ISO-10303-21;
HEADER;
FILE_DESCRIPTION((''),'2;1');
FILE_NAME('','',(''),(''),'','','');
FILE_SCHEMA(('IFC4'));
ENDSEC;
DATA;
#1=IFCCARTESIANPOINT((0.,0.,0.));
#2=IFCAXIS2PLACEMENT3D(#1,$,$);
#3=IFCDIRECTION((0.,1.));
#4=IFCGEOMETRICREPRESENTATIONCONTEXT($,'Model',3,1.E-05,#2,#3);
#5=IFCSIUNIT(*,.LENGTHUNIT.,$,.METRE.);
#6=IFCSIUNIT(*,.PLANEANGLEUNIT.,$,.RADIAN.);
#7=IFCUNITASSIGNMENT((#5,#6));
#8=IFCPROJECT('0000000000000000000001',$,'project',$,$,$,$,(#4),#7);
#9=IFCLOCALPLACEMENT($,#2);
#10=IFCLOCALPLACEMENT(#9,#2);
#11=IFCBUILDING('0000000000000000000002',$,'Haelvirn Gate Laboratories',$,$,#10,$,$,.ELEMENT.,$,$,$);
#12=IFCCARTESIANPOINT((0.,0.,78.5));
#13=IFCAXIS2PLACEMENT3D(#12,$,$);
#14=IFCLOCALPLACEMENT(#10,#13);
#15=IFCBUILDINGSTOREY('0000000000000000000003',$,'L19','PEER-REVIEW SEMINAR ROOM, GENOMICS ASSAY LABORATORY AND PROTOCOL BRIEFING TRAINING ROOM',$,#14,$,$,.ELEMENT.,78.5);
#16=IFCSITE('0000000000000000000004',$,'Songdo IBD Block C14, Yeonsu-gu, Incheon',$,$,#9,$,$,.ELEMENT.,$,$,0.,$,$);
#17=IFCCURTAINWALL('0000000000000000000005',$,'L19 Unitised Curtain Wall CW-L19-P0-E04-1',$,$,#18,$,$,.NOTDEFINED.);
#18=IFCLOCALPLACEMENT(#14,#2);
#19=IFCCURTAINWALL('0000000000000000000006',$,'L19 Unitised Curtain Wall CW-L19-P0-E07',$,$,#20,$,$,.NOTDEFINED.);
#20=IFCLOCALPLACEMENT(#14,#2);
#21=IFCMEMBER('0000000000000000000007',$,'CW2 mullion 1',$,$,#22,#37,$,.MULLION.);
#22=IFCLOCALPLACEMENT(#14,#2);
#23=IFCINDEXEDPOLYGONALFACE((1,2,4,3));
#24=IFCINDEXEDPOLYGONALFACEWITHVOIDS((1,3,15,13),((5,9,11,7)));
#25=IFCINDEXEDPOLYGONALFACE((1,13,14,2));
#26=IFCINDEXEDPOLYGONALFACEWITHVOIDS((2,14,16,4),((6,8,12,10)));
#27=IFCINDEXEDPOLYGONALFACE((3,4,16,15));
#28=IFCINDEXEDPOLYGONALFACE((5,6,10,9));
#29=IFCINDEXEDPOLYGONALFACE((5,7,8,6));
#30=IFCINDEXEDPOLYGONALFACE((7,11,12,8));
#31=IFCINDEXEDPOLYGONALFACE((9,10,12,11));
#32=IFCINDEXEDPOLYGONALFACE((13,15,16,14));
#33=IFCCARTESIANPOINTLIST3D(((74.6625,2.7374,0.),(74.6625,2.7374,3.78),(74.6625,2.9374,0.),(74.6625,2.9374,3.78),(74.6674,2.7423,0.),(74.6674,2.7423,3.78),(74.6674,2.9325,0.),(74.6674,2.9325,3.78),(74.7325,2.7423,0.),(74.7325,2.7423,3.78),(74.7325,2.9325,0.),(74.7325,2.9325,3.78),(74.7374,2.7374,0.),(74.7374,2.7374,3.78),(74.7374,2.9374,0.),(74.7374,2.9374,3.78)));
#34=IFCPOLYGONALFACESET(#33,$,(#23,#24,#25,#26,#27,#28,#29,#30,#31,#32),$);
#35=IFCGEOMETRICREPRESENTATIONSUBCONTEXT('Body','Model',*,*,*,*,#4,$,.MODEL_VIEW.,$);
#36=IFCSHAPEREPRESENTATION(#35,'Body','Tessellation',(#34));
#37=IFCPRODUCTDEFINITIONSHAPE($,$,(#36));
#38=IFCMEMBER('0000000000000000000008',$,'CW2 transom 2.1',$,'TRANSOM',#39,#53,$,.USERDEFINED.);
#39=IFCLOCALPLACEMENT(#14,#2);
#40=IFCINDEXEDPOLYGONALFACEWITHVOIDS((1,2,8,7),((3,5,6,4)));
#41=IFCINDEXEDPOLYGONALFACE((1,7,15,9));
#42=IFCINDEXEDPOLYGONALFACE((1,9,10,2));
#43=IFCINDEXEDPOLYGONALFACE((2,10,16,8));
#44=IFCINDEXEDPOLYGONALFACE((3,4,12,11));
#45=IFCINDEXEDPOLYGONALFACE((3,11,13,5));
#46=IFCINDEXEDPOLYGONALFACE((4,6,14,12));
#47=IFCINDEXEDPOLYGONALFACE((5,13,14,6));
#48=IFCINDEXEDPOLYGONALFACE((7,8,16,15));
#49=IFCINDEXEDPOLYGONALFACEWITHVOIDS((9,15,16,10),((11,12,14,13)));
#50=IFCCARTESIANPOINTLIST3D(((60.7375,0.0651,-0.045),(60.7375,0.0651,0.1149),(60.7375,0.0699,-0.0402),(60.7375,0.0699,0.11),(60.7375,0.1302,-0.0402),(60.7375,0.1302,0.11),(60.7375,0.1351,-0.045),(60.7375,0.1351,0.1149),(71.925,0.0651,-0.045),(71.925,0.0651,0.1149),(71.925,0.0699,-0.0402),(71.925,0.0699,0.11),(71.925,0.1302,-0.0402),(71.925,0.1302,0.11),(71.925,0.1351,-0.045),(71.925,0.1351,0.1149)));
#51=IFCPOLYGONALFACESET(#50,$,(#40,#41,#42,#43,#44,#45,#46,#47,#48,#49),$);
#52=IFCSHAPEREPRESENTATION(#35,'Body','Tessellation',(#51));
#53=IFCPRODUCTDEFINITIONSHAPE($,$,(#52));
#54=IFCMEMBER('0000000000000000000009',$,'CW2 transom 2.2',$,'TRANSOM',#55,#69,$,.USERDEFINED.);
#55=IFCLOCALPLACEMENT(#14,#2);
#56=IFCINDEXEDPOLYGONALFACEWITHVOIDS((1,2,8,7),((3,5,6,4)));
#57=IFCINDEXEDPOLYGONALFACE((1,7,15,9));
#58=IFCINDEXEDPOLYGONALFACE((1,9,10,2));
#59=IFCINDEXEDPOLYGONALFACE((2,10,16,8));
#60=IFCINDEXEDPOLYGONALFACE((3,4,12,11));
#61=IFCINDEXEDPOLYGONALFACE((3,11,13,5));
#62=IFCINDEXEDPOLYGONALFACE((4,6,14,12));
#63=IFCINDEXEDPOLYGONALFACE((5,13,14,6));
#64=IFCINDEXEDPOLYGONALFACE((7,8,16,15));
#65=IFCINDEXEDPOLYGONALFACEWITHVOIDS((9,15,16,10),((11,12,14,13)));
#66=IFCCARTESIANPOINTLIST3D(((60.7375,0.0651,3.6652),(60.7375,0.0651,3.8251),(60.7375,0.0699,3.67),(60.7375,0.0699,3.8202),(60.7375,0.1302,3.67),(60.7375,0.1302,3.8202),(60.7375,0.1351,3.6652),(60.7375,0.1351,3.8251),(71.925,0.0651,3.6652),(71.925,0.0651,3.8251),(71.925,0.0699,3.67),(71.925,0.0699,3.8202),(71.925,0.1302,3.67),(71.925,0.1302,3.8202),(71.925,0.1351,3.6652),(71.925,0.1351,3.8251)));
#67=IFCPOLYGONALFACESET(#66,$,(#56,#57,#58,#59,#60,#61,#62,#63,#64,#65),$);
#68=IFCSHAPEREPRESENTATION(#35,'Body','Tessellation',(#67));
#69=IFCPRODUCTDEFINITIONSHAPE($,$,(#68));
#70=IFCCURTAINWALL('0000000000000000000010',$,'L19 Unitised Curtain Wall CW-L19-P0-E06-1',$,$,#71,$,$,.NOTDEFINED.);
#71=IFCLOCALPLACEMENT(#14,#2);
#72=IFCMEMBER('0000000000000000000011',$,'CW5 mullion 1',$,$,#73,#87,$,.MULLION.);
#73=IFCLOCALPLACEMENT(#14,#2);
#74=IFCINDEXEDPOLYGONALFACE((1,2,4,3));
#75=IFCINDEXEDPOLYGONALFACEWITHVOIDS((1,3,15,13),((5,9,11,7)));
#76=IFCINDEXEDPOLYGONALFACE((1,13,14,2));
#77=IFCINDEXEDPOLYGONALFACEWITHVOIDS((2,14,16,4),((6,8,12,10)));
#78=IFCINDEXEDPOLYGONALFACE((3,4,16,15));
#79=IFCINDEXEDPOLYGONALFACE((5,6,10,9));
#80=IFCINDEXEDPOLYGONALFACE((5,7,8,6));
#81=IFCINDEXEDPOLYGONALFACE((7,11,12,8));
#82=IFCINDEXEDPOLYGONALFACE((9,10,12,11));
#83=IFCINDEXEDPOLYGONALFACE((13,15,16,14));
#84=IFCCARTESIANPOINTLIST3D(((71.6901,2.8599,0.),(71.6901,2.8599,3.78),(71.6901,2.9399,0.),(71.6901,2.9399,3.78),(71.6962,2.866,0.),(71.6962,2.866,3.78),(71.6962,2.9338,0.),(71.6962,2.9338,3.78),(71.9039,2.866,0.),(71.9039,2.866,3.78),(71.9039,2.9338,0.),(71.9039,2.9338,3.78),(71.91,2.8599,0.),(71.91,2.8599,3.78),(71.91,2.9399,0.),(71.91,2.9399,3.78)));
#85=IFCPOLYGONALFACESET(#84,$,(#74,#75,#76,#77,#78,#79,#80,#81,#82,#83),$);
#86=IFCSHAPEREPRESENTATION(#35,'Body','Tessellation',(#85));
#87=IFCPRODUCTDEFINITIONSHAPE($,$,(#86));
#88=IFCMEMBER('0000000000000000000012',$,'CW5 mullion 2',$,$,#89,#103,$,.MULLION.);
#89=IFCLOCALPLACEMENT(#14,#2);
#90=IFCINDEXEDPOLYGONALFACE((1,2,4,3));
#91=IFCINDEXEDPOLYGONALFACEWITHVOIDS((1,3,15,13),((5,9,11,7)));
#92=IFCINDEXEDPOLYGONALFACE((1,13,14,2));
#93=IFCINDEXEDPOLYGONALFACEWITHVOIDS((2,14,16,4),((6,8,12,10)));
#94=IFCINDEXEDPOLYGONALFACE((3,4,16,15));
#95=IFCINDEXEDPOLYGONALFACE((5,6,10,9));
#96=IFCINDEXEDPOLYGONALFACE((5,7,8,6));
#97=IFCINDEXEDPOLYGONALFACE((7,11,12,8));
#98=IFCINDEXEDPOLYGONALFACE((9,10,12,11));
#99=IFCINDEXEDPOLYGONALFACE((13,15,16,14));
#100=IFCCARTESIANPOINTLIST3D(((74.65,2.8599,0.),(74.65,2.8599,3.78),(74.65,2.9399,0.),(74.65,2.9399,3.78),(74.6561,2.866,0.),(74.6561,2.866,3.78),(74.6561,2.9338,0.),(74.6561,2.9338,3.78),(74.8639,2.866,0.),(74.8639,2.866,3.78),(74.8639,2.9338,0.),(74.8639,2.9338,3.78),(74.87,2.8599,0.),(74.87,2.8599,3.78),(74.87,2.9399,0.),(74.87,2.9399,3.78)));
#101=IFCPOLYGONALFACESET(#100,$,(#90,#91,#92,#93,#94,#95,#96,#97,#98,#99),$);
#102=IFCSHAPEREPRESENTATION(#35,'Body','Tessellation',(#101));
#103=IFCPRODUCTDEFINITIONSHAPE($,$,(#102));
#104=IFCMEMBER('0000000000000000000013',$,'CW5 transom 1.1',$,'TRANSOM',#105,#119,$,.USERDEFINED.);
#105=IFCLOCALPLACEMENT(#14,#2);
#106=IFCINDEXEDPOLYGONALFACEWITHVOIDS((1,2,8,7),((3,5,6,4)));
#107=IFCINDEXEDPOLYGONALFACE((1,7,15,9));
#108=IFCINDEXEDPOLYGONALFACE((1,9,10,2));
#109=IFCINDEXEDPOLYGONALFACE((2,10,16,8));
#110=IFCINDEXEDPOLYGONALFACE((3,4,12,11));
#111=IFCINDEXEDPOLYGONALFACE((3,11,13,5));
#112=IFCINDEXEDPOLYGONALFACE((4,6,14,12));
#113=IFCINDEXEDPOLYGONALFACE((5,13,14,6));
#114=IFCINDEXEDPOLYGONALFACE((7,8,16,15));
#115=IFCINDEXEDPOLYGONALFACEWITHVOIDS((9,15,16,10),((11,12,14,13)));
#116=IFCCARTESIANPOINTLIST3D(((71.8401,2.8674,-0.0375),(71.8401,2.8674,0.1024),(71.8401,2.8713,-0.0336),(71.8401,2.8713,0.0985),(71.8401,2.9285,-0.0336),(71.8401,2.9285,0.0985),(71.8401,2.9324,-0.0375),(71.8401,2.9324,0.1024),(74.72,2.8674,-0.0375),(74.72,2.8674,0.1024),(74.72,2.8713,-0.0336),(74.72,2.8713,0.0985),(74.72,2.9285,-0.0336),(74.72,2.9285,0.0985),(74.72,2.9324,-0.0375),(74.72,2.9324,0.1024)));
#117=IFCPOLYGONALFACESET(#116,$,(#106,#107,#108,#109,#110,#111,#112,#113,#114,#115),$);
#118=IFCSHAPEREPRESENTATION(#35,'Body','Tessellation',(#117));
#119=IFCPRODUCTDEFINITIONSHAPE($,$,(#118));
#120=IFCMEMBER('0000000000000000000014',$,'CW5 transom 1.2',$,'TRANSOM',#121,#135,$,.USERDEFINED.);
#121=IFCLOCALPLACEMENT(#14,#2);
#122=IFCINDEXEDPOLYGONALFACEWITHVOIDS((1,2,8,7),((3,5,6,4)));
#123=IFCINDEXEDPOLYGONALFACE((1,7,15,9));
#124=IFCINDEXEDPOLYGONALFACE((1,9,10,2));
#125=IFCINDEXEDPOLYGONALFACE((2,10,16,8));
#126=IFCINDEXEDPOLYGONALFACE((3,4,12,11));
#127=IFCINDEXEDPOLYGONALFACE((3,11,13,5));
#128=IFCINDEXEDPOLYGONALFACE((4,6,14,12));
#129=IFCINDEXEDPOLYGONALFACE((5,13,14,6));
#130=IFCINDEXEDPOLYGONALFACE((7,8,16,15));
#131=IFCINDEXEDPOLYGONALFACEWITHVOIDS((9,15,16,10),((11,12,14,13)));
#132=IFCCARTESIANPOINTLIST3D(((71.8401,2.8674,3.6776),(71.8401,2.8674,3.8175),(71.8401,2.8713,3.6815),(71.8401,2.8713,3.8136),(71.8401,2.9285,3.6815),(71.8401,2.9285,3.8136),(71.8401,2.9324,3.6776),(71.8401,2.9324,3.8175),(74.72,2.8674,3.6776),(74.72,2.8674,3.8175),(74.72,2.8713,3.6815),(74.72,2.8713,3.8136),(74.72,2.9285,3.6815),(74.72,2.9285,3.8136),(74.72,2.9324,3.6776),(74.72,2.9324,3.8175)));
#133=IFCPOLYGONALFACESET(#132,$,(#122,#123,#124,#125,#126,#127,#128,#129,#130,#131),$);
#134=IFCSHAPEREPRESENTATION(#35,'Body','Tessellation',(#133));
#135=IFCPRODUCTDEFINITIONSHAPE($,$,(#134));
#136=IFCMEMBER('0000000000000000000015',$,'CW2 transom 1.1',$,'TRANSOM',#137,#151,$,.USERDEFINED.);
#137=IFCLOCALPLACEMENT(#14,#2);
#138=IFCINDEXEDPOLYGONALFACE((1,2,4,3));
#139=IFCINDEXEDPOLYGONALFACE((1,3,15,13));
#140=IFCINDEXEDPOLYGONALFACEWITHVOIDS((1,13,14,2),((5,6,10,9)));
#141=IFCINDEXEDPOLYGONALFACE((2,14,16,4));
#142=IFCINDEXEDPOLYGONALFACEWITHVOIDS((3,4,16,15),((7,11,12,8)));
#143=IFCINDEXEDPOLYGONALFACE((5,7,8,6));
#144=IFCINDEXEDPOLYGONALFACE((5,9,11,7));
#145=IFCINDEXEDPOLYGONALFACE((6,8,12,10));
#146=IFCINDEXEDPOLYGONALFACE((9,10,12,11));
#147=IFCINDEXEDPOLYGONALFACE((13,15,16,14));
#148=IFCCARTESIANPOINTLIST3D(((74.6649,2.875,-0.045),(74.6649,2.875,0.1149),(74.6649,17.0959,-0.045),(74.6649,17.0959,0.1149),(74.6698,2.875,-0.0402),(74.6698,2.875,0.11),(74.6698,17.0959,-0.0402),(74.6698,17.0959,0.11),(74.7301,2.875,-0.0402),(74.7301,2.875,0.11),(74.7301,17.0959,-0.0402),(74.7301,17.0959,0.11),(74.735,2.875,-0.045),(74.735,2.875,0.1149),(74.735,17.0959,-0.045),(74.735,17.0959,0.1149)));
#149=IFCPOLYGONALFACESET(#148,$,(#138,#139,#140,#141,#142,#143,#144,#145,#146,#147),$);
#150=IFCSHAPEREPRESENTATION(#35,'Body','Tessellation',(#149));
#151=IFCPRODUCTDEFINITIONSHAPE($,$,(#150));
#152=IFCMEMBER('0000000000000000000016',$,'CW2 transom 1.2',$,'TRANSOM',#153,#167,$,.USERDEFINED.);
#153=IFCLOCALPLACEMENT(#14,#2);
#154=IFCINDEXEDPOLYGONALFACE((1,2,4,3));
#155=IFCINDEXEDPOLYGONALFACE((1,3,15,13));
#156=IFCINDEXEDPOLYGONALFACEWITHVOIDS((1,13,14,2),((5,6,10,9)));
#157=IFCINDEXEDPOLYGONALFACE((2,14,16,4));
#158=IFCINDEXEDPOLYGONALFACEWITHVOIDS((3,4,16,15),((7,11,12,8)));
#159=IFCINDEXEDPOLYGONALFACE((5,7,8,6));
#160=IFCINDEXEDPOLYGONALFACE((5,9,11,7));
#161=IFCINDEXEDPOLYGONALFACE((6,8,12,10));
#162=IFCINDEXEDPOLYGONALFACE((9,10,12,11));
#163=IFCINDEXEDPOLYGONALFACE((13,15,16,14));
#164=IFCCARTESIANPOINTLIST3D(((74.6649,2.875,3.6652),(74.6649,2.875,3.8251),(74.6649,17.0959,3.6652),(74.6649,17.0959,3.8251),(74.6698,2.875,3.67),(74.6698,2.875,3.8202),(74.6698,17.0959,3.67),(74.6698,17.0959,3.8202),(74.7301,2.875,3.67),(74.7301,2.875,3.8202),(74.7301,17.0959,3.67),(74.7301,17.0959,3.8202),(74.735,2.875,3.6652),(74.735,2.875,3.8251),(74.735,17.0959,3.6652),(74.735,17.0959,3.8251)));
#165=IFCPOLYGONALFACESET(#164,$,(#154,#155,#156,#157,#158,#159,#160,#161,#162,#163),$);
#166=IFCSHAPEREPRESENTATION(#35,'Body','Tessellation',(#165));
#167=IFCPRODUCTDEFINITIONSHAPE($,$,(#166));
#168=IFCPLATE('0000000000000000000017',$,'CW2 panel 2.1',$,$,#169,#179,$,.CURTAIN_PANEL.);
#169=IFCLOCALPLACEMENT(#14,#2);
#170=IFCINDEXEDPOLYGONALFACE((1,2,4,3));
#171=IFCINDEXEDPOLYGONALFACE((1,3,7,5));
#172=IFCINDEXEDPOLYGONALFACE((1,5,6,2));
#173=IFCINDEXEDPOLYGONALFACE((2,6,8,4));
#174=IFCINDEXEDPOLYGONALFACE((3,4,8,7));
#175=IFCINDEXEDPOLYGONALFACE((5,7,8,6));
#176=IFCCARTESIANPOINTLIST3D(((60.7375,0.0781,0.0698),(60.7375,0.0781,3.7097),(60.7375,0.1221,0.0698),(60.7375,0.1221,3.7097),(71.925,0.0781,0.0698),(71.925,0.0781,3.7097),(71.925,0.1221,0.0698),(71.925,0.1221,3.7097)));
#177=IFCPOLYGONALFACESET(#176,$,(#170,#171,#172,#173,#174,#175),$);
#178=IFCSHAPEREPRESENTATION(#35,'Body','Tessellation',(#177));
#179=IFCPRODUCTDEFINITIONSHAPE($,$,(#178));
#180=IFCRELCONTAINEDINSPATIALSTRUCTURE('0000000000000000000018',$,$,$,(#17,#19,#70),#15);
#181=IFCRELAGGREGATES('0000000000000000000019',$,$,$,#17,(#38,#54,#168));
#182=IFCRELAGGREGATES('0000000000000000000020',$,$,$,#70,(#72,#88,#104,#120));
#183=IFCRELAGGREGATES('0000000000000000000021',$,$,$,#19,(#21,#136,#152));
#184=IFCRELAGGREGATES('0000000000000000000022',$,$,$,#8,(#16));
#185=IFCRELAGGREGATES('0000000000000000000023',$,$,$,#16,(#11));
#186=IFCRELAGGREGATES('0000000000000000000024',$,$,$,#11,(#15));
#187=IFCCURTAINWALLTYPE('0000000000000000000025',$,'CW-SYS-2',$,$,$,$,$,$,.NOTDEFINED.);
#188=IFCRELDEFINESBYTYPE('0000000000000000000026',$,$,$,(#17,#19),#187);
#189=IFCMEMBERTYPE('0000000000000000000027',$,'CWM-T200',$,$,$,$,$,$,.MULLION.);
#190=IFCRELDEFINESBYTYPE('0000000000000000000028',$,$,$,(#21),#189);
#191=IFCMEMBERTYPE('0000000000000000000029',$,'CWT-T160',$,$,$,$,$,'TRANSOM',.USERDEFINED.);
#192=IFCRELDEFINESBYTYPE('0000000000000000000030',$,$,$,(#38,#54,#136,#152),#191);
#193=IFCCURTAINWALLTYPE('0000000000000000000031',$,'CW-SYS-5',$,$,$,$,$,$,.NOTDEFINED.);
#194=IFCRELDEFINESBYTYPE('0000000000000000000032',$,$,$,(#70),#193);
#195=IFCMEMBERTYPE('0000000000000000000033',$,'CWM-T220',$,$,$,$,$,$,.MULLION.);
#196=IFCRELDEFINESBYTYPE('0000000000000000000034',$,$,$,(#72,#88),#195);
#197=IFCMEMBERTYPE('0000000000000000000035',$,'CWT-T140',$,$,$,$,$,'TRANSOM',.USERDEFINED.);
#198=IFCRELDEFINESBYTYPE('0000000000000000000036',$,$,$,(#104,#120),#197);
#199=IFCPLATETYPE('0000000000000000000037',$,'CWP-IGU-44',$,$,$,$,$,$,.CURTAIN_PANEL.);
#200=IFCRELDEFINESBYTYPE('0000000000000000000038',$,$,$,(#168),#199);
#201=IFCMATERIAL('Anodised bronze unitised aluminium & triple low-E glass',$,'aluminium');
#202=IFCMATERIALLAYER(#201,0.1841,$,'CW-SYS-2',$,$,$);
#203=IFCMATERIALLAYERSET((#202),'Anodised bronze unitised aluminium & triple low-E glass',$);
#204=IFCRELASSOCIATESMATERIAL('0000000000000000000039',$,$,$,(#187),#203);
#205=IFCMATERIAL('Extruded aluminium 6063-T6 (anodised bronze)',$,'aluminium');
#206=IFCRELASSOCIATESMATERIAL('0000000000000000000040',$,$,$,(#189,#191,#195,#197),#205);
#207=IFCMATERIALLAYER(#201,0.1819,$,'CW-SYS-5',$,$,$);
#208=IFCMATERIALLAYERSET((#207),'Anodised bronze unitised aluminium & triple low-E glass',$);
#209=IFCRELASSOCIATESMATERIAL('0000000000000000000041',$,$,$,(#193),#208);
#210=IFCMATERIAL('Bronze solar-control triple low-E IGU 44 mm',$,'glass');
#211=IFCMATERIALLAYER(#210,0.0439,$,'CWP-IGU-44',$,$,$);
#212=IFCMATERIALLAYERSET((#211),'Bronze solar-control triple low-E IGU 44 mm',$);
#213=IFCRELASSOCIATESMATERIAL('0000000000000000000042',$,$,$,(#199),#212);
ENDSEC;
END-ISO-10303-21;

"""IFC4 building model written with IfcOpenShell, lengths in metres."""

from ifc_helpers import new_model, si_unit, direction, frame, origin, origin_2d, place, context, subcontext, project, spatial, rectangle, hollow_rectangle, extrude, source, transform, mapped, material, layer, layer_set, material_profile, profile_set, type_object, type_shapes, element, aggregate, save


model = new_model("IFC4")

# Units and contexts
model_context = context("Model", 3, precision=1e-05, world=origin(), true_north=direction((0.0, 1.0)))
body_context = subcontext(model_context, "Body", "Model", "MODEL_VIEW")
ifc_project = project(units=[si_unit("LENGTHUNIT", "METRE"), si_unit("PLANEANGLEUNIT", "RADIAN")], contexts=[model_context])

# Site, building, storey
site_placement = place(None, origin())
site = spatial("IfcSite", under=ifc_project, at=site_placement, Name="Songdo IBD Block C14, Yeonsu-gu, Incheon", CompositionType="ELEMENT", RefElevation=0.0)
building_placement = place(site_placement, origin())
building = spatial("IfcBuilding", under=site, at=building_placement, Name="Haelvirn Gate Laboratories", CompositionType="ELEMENT")
storey_placement = place(building_placement, frame((0.0, 0.0, 78.5)))
storey = spatial("IfcBuildingStorey", under=building, at=storey_placement, Name="L19", Description="PEER-REVIEW SEMINAR ROOM, GENOMICS ASSAY LABORATORY AND PROTOCOL BRIEFING TRAINING ROOM", CompositionType="ELEMENT", Elevation=78.5)

# Curtain wall
ifc_material_1 = material(Name="Anodised bronze unitised aluminium & triple low-E glass", Category="aluminium")
ifc_layer_1 = layer(ifc_material_1, 0.1841, Name="CW-SYS-2")
ifc_layer_set_1 = layer_set([ifc_layer_1], Name="Anodised bronze unitised aluminium & triple low-E glass")
curtain_wall_type_1 = type_object("IfcCurtainWallType", Name="CW-SYS-2", PredefinedType="NOTDEFINED", material=ifc_layer_set_1)
curtain_wall_1_placement = place(storey_placement, origin())
curtain_wall_1 = element("IfcCurtainWall", 1, at=curtain_wall_1_placement, inside=storey, type_object=curtain_wall_type_1, Name="L19 Unitised Curtain Wall CW-L19-P0-E04-1", PredefinedType="NOTDEFINED")
ifc_material_2 = material(Name="Extruded aluminium 6063-T6 (anodised bronze)", Category="aluminium")
ifc_material_profile_1 = material_profile(ifc_material_2, hollow_rectangle(XDim=0.075, YDim=0.2, WallThickness=0.0049, at=origin_2d()), Name="CWM-200x75x5")
ifc_profile_set_1 = profile_set([ifc_material_profile_1], Name="Extruded aluminium 6063-T6 (anodised bronze)")
member_type_1 = type_object("IfcMemberType", Name="CWM-T200", PredefinedType="MULLION", material=ifc_profile_set_1)
shared_shape_1 = source(origin(), body_context, "Body", "SweptSolid", [
    extrude(hollow_rectangle(XDim=0.075, YDim=0.2, WallThickness=0.0049, at=origin_2d()), origin(), (0.0, 0.0, 1.0), 3.78),
])
type_shapes(member_type_1, [shared_shape_1])

# Curtain wall, member
curtain_wall_2_placement = place(storey_placement, origin())
curtain_wall_2 = element("IfcCurtainWall", 2, at=curtain_wall_2_placement, inside=storey, type_object=curtain_wall_type_1, Name="L19 Unitised Curtain Wall CW-L19-P0-E07", PredefinedType="NOTDEFINED")
member_1_placement = place(storey_placement, frame((74.7, 2.8374, 0.0), z_axis=(0.0, 0.0, 1.0), x_axis=(-1.0, 0.0, 0.0)))
member_1 = element("IfcMember", 3, at=member_1_placement, type_object=member_type_1, Name="CW2 mullion 1", PredefinedType="MULLION", context=body_context, shape_type="MappedRepresentation", body=[
    mapped(shared_shape_1, transform((0.0, 0.0, 0.0), scale=1.0)),
])

# Members
ifc_material_profile_2 = material_profile(ifc_material_2, hollow_rectangle(XDim=0.0701, YDim=0.1599, WallThickness=0.0049, at=origin_2d()), Name="CWT-160x70x5")
ifc_profile_set_2 = profile_set([ifc_material_profile_2], Name="Extruded aluminium 6063-T6 (anodised bronze)")
member_type_2 = type_object("IfcMemberType", Name="CWT-T160", ElementType="TRANSOM", PredefinedType="USERDEFINED", material=ifc_profile_set_2)
shared_shape_2 = source(origin(), body_context, "Body", "SweptSolid", [
    extrude(hollow_rectangle(XDim=0.0701, YDim=0.1599, WallThickness=0.0049, at=origin_2d()), origin(), (0.0, 0.0, 1.0), 11.1875),
])
member_2_placement = place(storey_placement, frame((60.7375, 0.1001, 0.0349), z_axis=(1.0, 0.0, 0.0), x_axis=(0.0, 1.0, 0.0)))
member_2 = element("IfcMember", 4, at=member_2_placement, type_object=member_type_2, Name="CW2 transom 2.1", ObjectType="TRANSOM", PredefinedType="USERDEFINED", context=body_context, shape_type="MappedRepresentation", body=[
    mapped(shared_shape_2, transform((0.0, 0.0, 0.0), scale=1.0)),
])
member_3_placement = place(storey_placement, frame((60.7375, 0.1001, 3.7451), z_axis=(1.0, 0.0, 0.0), x_axis=(0.0, 1.0, 0.0)))
member_3 = element("IfcMember", 5, at=member_3_placement, type_object=member_type_2, Name="CW2 transom 2.2", ObjectType="TRANSOM", PredefinedType="USERDEFINED", context=body_context, shape_type="MappedRepresentation", body=[
    mapped(shared_shape_2, transform((0.0, 0.0, 0.0), scale=1.0)),
])

# Curtain wall, members
ifc_layer_2 = layer(ifc_material_1, 0.1819, Name="CW-SYS-5")
ifc_layer_set_2 = layer_set([ifc_layer_2], Name="Anodised bronze unitised aluminium & triple low-E glass")
curtain_wall_type_2 = type_object("IfcCurtainWallType", Name="CW-SYS-5", PredefinedType="NOTDEFINED", material=ifc_layer_set_2)
curtain_wall_3_placement = place(storey_placement, origin())
curtain_wall_3 = element("IfcCurtainWall", 6, at=curtain_wall_3_placement, inside=storey, type_object=curtain_wall_type_2, Name="L19 Unitised Curtain Wall CW-L19-P0-E06-1", PredefinedType="NOTDEFINED")
ifc_material_profile_3 = material_profile(ifc_material_2, hollow_rectangle(XDim=0.0801, YDim=0.22, WallThickness=0.0061, at=origin_2d()), Name="CWM-220x80x6")
ifc_profile_set_3 = profile_set([ifc_material_profile_3], Name="Extruded aluminium 6063-T6 (anodised bronze)")
member_type_3 = type_object("IfcMemberType", Name="CWM-T220", PredefinedType="MULLION", material=ifc_profile_set_3)
shared_shape_3 = source(origin(), body_context, "Body", "SweptSolid", [
    extrude(hollow_rectangle(XDim=0.0801, YDim=0.22, WallThickness=0.0061, at=origin_2d()), origin(), (0.0, 0.0, 1.0), 3.78),
])
type_shapes(member_type_3, [shared_shape_3])
member_4_placement = place(storey_placement, frame((71.8, 2.8999, 0.0), z_axis=(0.0, 0.0, 1.0), x_axis=(0.0, 1.0, 0.0)))
member_4 = element("IfcMember", 7, at=member_4_placement, type_object=member_type_3, Name="CW5 mullion 1", PredefinedType="MULLION", context=body_context, shape_type="MappedRepresentation", body=[
    mapped(shared_shape_3, transform((0.0, 0.0, 0.0), scale=1.0)),
])
member_5_placement = place(storey_placement, frame((74.76, 2.8999, 0.0), z_axis=(0.0, 0.0, 1.0), x_axis=(0.0, 1.0, 0.0)))
member_5 = element("IfcMember", 8, at=member_5_placement, type_object=member_type_3, Name="CW5 mullion 2", PredefinedType="MULLION", context=body_context, shape_type="MappedRepresentation", body=[
    mapped(shared_shape_3, transform((0.0, 0.0, 0.0), scale=1.0)),
])
ifc_material_profile_4 = material_profile(ifc_material_2, hollow_rectangle(XDim=0.0649, YDim=0.1399, WallThickness=0.0039, at=origin_2d()), Name="CWT-140x65x4")
ifc_profile_set_4 = profile_set([ifc_material_profile_4], Name="Extruded aluminium 6063-T6 (anodised bronze)")
member_type_4 = type_object("IfcMemberType", Name="CWT-T140", ElementType="TRANSOM", PredefinedType="USERDEFINED", material=ifc_profile_set_4)
shared_shape_4 = source(origin(), body_context, "Body", "SweptSolid", [
    extrude(hollow_rectangle(XDim=0.0649, YDim=0.1399, WallThickness=0.0039, at=origin_2d()), origin(), (0.0, 0.0, 1.0), 2.8799),
])
type_shapes(member_type_4, [shared_shape_4])
member_6_placement = place(storey_placement, frame((71.8401, 2.8999, 0.0325), z_axis=(1.0, 0.0, 0.0), x_axis=(0.0, 1.0, 0.0)))
member_6 = element("IfcMember", 9, at=member_6_placement, type_object=member_type_4, Name="CW5 transom 1.1", ObjectType="TRANSOM", PredefinedType="USERDEFINED", context=body_context, shape_type="MappedRepresentation", body=[
    mapped(shared_shape_4, transform((0.0, 0.0, 0.0), scale=1.0)),
])
member_7_placement = place(storey_placement, frame((71.8401, 2.8999, 3.7476), z_axis=(1.0, 0.0, 0.0), x_axis=(0.0, 1.0, 0.0)))
member_7 = element("IfcMember", 10, at=member_7_placement, type_object=member_type_4, Name="CW5 transom 1.2", ObjectType="TRANSOM", PredefinedType="USERDEFINED", context=body_context, shape_type="MappedRepresentation", body=[
    mapped(shared_shape_4, transform((0.0, 0.0, 0.0), scale=1.0)),
])

# Members
shared_shape_5 = source(origin(), body_context, "Body", "SweptSolid", [
    extrude(hollow_rectangle(XDim=0.0701, YDim=0.1599, WallThickness=0.0049, at=origin_2d()), origin(), (0.0, 0.0, 1.0), 14.2209),
])
type_shapes(member_type_2, [shared_shape_2, shared_shape_5])
member_8_placement = place(storey_placement, frame((74.7, 2.875, 0.0349), z_axis=(0.0, 1.0, 0.0), x_axis=(-1.0, 0.0, 0.0)))
member_8 = element("IfcMember", 11, at=member_8_placement, type_object=member_type_2, Name="CW2 transom 1.1", ObjectType="TRANSOM", PredefinedType="USERDEFINED", context=body_context, shape_type="MappedRepresentation", body=[
    mapped(shared_shape_5, transform((0.0, 0.0, 0.0), scale=1.0)),
])
member_9_placement = place(storey_placement, frame((74.7, 2.875, 3.7451), z_axis=(0.0, 1.0, 0.0), x_axis=(-1.0, 0.0, 0.0)))
member_9 = element("IfcMember", 12, at=member_9_placement, type_object=member_type_2, Name="CW2 transom 1.2", ObjectType="TRANSOM", PredefinedType="USERDEFINED", context=body_context, shape_type="MappedRepresentation", body=[
    mapped(shared_shape_5, transform((0.0, 0.0, 0.0), scale=1.0)),
])

# Plate
ifc_material_3 = material(Name="Bronze solar-control triple low-E IGU 44 mm", Category="glass")
ifc_layer_3 = layer(ifc_material_3, 0.0439, Name="CWP-IGU-44")
ifc_layer_set_3 = layer_set([ifc_layer_3], Name="Bronze solar-control triple low-E IGU 44 mm")
plate_type_1 = type_object("IfcPlateType", Name="CWP-IGU-44", PredefinedType="CURTAIN_PANEL", material=ifc_layer_set_3)
shared_shape_6 = source(origin(), body_context, "Body", "SweptSolid", [
    extrude(rectangle(XDim=11.1875, YDim=0.0439, at=origin_2d()), origin(), (0.0, 0.0, 1.0), 3.6399),
])
plate_1_placement = place(storey_placement, frame((66.3313, 0.1001, 0.0698), z_axis=(0.0, 0.0, 1.0), x_axis=(1.0, 0.0, 0.0)))
plate_1 = element("IfcPlate", 13, at=plate_1_placement, type_object=plate_type_1, Name="CW2 panel 2.1", PredefinedType="CURTAIN_PANEL", context=body_context, shape_type="MappedRepresentation", body=[
    mapped(shared_shape_6, transform((0.0, 0.0, 0.0), scale=1.0)),
])
aggregate(curtain_wall_1, [member_2, member_3, plate_1])
aggregate(curtain_wall_3, [member_4, member_5, member_6, member_7])
aggregate(curtain_wall_2, [member_1, member_8, member_9])

save(model, "model.ifc")
